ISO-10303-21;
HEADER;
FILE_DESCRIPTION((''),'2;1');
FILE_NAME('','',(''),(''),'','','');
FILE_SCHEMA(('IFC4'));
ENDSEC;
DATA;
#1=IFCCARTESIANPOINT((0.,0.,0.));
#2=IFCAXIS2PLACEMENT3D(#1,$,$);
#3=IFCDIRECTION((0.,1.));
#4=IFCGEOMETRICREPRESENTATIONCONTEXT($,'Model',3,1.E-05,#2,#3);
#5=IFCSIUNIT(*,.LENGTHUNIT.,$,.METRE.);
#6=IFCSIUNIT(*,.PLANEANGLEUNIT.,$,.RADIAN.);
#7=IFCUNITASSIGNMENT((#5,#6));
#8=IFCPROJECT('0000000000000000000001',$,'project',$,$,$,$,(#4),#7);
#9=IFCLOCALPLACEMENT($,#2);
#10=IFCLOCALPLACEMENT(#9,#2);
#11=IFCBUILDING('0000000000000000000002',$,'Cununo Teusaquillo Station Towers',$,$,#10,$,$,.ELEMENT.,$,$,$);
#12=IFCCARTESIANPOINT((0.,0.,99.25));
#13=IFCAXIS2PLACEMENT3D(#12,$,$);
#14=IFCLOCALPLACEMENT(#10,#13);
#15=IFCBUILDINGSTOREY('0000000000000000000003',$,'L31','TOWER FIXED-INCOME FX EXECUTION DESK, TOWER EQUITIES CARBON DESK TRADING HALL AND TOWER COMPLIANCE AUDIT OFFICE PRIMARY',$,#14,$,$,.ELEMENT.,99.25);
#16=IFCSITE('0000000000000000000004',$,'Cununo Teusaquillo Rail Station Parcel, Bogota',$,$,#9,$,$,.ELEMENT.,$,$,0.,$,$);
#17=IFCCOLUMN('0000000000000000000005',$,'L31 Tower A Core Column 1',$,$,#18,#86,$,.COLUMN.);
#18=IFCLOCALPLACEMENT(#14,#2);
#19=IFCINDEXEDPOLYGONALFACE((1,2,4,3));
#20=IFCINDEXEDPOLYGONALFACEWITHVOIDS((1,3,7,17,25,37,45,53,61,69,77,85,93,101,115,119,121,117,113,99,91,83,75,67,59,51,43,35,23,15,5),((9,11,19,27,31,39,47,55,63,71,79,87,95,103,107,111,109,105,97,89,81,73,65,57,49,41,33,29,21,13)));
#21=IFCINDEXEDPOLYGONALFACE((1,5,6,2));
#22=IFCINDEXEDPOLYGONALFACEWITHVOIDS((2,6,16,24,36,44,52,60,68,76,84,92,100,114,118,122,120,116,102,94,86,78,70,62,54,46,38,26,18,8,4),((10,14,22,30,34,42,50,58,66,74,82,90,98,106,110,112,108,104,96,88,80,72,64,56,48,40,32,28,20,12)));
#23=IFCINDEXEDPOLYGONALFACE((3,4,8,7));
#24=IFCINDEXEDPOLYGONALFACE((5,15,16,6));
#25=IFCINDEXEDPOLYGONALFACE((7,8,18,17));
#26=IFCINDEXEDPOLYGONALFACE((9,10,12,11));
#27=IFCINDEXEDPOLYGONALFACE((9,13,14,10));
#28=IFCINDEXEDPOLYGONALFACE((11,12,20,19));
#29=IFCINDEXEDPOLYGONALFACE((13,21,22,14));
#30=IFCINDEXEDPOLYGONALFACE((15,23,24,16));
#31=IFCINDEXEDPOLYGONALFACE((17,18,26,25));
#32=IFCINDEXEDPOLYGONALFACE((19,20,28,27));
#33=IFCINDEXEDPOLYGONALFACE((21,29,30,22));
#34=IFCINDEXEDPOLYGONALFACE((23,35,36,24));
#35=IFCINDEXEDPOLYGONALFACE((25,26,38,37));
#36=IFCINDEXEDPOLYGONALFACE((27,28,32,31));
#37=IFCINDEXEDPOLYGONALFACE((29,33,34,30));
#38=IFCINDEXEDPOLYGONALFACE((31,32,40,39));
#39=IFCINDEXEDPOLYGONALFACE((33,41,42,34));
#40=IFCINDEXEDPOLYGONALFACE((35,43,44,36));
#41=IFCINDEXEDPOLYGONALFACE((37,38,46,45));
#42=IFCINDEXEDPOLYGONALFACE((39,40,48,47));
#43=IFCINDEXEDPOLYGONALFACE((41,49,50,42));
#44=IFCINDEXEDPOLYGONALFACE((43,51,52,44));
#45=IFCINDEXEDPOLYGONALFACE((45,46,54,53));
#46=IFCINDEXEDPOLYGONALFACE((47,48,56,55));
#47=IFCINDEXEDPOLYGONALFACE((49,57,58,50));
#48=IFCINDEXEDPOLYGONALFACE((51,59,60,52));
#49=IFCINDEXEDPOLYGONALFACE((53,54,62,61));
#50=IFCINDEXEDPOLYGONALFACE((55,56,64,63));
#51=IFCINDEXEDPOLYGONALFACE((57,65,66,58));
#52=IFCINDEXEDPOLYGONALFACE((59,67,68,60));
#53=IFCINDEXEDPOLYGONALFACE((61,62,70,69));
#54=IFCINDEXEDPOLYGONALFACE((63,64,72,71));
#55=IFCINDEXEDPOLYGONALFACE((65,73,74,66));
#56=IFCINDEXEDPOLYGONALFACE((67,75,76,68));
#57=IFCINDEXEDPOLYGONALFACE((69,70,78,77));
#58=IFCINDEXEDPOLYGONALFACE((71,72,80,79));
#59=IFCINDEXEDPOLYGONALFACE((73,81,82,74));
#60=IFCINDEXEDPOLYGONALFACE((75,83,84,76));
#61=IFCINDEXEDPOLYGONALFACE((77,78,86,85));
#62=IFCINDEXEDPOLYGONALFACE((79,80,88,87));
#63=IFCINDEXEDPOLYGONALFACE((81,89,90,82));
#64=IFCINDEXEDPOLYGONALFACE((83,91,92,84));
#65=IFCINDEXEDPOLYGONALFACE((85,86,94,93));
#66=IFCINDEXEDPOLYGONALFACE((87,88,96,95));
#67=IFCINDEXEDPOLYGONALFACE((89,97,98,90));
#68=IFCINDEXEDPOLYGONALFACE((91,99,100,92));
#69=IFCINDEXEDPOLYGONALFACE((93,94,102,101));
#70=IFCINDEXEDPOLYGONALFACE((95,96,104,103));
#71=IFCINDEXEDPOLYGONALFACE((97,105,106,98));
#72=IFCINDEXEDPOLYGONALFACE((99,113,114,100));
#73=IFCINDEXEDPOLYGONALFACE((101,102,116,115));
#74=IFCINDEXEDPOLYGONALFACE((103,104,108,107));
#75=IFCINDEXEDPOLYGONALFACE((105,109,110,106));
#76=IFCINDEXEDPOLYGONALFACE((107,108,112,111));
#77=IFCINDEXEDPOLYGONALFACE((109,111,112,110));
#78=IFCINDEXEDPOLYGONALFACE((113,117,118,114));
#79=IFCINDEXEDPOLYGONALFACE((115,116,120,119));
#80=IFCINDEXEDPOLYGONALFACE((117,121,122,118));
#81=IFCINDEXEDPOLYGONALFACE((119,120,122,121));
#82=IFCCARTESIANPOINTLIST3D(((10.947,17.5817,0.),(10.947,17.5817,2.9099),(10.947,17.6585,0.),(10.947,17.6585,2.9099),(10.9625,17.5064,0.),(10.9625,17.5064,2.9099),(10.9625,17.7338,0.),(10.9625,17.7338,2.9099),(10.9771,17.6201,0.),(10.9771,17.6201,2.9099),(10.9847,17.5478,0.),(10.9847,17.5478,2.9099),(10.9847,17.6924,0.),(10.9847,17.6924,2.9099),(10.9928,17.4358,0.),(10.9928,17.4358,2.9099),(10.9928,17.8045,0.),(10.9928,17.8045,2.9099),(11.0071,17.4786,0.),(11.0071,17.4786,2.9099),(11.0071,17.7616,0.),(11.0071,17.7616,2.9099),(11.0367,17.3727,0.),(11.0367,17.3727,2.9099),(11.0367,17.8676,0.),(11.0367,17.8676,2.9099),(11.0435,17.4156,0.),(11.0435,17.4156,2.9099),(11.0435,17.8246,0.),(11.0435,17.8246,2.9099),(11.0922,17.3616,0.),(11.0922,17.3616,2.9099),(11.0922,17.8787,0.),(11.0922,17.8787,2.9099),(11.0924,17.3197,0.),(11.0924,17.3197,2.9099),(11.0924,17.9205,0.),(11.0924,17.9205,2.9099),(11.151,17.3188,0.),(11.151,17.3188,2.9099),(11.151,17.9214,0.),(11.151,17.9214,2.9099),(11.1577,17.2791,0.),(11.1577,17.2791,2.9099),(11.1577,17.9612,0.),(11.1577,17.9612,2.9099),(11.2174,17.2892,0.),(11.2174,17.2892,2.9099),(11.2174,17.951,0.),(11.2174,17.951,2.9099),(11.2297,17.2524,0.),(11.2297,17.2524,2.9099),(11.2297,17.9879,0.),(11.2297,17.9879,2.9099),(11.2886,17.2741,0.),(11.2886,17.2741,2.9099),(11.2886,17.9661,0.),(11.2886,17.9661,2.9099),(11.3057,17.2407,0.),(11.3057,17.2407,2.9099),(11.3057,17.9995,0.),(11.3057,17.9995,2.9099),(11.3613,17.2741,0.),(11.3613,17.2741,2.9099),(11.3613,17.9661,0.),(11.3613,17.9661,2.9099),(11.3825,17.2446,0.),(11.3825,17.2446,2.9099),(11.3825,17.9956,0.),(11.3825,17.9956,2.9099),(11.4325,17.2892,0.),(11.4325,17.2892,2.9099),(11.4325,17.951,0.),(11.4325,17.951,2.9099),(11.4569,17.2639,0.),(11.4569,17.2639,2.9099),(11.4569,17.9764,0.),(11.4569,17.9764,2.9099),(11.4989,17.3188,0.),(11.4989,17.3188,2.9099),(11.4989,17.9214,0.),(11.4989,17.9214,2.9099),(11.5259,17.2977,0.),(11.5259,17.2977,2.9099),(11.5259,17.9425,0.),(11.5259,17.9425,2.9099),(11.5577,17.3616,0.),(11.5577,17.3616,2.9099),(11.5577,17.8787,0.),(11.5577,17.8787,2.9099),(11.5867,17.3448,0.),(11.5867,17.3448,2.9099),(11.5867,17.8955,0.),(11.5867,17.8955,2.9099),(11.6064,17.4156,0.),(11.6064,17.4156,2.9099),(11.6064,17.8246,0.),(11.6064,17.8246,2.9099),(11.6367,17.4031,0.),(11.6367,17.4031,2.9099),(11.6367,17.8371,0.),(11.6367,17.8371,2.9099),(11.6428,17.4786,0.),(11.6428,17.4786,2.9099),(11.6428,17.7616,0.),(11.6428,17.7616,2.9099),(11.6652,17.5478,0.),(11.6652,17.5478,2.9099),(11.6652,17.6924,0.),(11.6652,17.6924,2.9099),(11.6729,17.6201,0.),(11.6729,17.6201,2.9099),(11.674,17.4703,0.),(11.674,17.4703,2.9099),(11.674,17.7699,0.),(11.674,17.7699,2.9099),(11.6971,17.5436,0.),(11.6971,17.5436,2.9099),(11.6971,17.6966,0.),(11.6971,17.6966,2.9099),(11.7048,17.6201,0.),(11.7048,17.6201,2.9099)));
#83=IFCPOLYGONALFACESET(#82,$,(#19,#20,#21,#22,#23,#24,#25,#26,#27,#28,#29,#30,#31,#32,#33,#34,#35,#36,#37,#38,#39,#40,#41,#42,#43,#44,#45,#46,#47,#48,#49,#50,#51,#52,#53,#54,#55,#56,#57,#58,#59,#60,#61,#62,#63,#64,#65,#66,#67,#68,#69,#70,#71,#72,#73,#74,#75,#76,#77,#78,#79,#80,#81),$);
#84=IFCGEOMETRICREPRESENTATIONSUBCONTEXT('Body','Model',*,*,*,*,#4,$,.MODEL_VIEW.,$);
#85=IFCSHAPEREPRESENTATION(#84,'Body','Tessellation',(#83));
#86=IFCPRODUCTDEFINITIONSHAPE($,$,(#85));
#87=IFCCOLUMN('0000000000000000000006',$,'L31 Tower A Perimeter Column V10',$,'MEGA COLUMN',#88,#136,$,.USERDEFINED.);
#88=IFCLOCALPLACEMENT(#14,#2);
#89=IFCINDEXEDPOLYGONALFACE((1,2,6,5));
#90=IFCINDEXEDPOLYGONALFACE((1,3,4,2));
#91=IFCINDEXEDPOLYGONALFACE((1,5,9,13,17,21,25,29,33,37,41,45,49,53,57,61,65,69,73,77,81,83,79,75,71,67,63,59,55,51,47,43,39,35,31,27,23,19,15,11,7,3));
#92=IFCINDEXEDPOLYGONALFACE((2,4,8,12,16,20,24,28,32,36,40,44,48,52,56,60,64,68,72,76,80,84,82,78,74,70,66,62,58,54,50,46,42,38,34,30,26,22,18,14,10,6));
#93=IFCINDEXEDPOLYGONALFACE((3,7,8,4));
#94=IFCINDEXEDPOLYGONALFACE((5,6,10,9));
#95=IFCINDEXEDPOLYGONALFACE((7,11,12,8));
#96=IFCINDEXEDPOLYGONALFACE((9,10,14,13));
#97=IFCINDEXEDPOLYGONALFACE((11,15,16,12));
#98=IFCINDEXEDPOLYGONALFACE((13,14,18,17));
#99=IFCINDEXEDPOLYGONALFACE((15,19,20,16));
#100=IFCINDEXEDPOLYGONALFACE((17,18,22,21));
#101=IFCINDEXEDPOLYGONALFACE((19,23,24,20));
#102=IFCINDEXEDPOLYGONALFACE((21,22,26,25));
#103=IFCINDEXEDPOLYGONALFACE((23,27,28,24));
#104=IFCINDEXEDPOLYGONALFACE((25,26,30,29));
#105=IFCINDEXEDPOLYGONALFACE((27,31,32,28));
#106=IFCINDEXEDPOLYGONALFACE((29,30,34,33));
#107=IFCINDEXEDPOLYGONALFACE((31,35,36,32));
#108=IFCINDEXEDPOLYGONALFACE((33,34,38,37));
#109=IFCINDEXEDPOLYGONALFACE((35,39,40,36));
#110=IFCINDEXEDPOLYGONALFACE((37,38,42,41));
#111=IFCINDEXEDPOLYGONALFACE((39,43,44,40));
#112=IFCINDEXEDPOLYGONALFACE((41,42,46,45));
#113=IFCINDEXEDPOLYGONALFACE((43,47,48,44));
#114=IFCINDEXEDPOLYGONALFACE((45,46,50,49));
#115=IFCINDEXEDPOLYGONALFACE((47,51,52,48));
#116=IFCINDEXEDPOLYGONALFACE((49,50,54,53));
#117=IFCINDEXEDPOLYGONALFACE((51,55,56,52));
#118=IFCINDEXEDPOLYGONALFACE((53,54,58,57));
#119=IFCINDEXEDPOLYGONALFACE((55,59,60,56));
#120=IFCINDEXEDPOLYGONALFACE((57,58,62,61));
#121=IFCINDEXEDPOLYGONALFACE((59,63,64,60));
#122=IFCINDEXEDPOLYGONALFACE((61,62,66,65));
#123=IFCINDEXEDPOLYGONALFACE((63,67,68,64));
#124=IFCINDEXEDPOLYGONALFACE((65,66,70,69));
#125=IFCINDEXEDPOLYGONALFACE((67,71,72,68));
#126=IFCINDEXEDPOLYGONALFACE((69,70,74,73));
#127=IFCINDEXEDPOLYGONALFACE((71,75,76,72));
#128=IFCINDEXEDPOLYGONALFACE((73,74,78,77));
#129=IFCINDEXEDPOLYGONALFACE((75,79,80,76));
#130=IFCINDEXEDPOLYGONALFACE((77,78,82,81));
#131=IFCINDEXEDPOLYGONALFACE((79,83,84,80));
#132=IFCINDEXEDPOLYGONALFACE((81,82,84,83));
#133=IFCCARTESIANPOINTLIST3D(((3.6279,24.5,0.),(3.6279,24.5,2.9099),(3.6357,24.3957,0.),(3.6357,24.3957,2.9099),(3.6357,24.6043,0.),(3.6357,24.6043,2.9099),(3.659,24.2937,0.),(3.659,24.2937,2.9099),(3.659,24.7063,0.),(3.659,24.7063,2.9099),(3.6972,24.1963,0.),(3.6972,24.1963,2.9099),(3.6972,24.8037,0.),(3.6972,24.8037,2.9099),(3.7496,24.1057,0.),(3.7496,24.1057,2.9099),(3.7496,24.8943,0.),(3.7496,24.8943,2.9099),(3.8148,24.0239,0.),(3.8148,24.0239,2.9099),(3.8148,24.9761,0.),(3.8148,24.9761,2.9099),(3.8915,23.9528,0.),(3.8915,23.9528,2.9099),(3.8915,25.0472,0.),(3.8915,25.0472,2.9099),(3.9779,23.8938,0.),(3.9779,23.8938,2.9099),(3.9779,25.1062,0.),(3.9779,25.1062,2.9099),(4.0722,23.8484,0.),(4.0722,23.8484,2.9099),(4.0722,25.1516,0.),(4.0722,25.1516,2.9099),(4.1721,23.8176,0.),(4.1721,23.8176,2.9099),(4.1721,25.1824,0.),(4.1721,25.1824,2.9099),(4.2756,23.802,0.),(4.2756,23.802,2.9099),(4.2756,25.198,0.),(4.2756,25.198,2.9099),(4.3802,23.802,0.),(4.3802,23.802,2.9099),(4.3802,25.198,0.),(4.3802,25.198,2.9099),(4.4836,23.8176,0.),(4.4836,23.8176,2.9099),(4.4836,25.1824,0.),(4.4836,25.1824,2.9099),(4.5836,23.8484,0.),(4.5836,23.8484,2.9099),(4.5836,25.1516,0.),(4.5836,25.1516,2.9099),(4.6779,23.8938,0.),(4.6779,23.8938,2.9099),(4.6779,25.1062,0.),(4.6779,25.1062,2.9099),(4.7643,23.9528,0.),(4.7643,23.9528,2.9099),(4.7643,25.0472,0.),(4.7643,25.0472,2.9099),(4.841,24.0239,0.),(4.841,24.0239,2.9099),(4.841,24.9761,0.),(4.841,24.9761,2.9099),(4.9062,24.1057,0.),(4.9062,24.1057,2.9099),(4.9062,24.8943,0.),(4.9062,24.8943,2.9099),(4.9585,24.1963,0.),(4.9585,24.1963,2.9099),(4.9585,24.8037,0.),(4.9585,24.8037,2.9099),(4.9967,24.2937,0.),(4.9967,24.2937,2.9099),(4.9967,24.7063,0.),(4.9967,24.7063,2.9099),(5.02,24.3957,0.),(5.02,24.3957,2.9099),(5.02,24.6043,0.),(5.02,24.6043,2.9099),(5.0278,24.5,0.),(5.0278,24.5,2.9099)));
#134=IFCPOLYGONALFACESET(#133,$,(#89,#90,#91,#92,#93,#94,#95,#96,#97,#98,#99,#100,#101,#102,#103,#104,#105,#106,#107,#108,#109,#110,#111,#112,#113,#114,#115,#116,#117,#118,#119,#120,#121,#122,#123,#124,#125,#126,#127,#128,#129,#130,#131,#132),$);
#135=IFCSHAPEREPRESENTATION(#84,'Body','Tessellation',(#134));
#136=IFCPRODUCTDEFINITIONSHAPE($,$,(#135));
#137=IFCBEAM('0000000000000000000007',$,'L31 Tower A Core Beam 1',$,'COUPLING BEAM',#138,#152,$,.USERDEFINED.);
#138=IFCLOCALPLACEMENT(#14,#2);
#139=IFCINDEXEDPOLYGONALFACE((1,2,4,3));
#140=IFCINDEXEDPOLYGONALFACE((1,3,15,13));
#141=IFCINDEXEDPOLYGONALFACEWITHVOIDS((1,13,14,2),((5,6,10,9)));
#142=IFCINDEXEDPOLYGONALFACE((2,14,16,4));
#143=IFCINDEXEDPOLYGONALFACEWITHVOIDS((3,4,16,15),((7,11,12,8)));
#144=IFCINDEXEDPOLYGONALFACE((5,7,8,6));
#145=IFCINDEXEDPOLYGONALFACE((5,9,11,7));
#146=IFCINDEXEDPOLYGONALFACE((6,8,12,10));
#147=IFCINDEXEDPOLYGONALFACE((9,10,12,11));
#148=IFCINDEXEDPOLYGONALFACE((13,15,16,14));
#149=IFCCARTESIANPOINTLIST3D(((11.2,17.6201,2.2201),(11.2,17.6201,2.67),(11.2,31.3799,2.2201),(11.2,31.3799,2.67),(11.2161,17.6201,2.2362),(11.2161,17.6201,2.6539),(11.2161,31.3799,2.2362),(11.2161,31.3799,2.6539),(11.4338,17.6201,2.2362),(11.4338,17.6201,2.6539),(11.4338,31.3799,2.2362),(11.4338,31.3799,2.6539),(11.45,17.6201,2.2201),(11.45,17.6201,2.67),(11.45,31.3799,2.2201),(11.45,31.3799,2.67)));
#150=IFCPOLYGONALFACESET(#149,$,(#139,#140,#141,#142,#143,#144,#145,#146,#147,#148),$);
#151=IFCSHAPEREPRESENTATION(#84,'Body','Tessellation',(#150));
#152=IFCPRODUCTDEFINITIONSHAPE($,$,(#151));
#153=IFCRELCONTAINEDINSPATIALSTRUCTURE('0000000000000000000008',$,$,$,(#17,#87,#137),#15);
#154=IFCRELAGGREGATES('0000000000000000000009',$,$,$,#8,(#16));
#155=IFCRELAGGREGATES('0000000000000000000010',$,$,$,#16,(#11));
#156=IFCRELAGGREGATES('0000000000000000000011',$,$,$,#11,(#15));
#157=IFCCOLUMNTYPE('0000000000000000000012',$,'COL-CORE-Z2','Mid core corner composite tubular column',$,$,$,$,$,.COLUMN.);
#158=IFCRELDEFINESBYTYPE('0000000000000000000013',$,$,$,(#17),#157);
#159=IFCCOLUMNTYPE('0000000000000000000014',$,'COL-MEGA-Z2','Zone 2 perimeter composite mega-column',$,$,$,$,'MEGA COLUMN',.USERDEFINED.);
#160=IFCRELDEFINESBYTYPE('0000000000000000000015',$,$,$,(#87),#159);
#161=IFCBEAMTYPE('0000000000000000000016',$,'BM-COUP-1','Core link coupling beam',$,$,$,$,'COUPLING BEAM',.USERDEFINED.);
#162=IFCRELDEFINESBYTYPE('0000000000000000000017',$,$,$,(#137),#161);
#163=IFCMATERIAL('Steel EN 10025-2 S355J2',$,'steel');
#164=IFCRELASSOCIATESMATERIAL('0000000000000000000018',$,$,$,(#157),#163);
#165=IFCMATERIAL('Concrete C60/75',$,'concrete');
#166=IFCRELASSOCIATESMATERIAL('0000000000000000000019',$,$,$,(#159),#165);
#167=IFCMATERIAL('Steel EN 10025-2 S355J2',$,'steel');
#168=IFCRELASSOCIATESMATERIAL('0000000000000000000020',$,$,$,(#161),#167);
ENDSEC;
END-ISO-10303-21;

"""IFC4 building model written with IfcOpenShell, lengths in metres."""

from ifc_helpers import new_model, si_unit, direction, frame, origin, origin_2d, place, context, subcontext, project, spatial, hollow_rectangle, circle, hollow_circle, extrude, material, material_profile, profile_set, type_object, element, save


model = new_model("IFC4")

# Units and contexts
model_context = context("Model", 3, precision=1e-05, world=origin(), true_north=direction((0.0, 1.0)))
body_context = subcontext(model_context, "Body", "Model", "MODEL_VIEW")
ifc_project = project(units=[si_unit("LENGTHUNIT", "METRE"), si_unit("PLANEANGLEUNIT", "RADIAN")], contexts=[model_context])

# Site, building, storey
site_placement = place(None, origin())
site = spatial("IfcSite", under=ifc_project, at=site_placement, Name="Cununo Teusaquillo Rail Station Parcel, Bogota", CompositionType="ELEMENT", RefElevation=0.0)
building_placement = place(site_placement, origin())
building = spatial("IfcBuilding", under=site, at=building_placement, Name="Cununo Teusaquillo Station Towers", CompositionType="ELEMENT")
storey_placement = place(building_placement, frame((0.0, 0.0, 99.25)))
storey = spatial("IfcBuildingStorey", under=building, at=storey_placement, Name="L31", Description="TOWER FIXED-INCOME FX EXECUTION DESK, TOWER EQUITIES CARBON DESK TRADING HALL AND TOWER COMPLIANCE AUDIT OFFICE PRIMARY", CompositionType="ELEMENT", Elevation=99.25)

# Columns
ifc_material_1 = material(Name="Steel EN 10025-2 S355J2", Category="steel")
ifc_material_profile_1 = material_profile(ifc_material_1, hollow_circle(Radius=0.3799, WallThickness=0.032, at=origin_2d()), Name="CHS 760x32")
ifc_profile_set_1 = profile_set([ifc_material_profile_1], Name="Steel EN 10025-2 S355J2")
column_type_1 = type_object("IfcColumnType", Name="COL-CORE-Z2", Description="Mid core corner composite tubular column", PredefinedType="COLUMN", material=ifc_profile_set_1)
column_1_placement = place(storey_placement, frame((11.325, 17.6201, 0.0), z_axis=(0.0, 0.0, 1.0), x_axis=(1.0, 0.0, 0.0)))
element("IfcColumn", 1, at=column_1_placement, inside=storey, type_object=column_type_1, Name="L31 Tower A Core Column 1", PredefinedType="COLUMN", context=body_context, shape_type="SweptSolid", body=[
    extrude(hollow_circle(Radius=0.3799, WallThickness=0.032, at=origin_2d()), origin(), (0.0, 0.0, 1.0), 2.9099),
])
ifc_material_2 = material(Name="Concrete C60/75", Category="concrete")
ifc_material_profile_2 = material_profile(ifc_material_2, circle(Radius=0.7, at=origin_2d()), Name="RC-CIRC-1400")
ifc_profile_set_2 = profile_set([ifc_material_profile_2], Name="Concrete C60/75")
column_type_2 = type_object("IfcColumnType", Name="COL-MEGA-Z2", Description="Zone 2 perimeter composite mega-column", ElementType="MEGA COLUMN", PredefinedType="USERDEFINED", material=ifc_profile_set_2)
column_2_placement = place(storey_placement, frame((4.3279, 24.5, 0.0), z_axis=(0.0, 0.0, 1.0), x_axis=(1.0, 0.0, 0.0)))
element("IfcColumn", 2, at=column_2_placement, inside=storey, type_object=column_type_2, Name="L31 Tower A Perimeter Column V10", ObjectType="MEGA COLUMN", PredefinedType="USERDEFINED", context=body_context, shape_type="SweptSolid", body=[
    extrude(circle(Radius=0.7, at=origin_2d()), origin(), (0.0, 0.0, 1.0), 2.9099),
])

# Beam
ifc_material_3 = material(Name="Steel EN 10025-2 S355J2", Category="steel")
ifc_material_profile_3 = material_profile(ifc_material_3, hollow_rectangle(XDim=0.25, YDim=0.45, WallThickness=0.0161, at=origin_2d()), Name="RHS 450x250x16")
ifc_profile_set_3 = profile_set([ifc_material_profile_3], Name="Steel EN 10025-2 S355J2")
beam_type_1 = type_object("IfcBeamType", Name="BM-COUP-1", Description="Core link coupling beam", ElementType="COUPLING BEAM", PredefinedType="USERDEFINED", material=ifc_profile_set_3)
beam_1_placement = place(storey_placement, frame((11.325, 17.6201, 2.4451), z_axis=(0.0, 1.0, 0.0), x_axis=(-1.0, 0.0, 0.0)))
element("IfcBeam", 3, at=beam_1_placement, inside=storey, type_object=beam_type_1, Name="L31 Tower A Core Beam 1", ObjectType="COUPLING BEAM", PredefinedType="USERDEFINED", context=body_context, shape_type="SweptSolid", body=[
    extrude(hollow_rectangle(XDim=0.25, YDim=0.45, WallThickness=0.0161, at=origin_2d()), origin(), (0.0, 0.0, 1.0), 13.7598),
])

save(model, "model.ifc")
